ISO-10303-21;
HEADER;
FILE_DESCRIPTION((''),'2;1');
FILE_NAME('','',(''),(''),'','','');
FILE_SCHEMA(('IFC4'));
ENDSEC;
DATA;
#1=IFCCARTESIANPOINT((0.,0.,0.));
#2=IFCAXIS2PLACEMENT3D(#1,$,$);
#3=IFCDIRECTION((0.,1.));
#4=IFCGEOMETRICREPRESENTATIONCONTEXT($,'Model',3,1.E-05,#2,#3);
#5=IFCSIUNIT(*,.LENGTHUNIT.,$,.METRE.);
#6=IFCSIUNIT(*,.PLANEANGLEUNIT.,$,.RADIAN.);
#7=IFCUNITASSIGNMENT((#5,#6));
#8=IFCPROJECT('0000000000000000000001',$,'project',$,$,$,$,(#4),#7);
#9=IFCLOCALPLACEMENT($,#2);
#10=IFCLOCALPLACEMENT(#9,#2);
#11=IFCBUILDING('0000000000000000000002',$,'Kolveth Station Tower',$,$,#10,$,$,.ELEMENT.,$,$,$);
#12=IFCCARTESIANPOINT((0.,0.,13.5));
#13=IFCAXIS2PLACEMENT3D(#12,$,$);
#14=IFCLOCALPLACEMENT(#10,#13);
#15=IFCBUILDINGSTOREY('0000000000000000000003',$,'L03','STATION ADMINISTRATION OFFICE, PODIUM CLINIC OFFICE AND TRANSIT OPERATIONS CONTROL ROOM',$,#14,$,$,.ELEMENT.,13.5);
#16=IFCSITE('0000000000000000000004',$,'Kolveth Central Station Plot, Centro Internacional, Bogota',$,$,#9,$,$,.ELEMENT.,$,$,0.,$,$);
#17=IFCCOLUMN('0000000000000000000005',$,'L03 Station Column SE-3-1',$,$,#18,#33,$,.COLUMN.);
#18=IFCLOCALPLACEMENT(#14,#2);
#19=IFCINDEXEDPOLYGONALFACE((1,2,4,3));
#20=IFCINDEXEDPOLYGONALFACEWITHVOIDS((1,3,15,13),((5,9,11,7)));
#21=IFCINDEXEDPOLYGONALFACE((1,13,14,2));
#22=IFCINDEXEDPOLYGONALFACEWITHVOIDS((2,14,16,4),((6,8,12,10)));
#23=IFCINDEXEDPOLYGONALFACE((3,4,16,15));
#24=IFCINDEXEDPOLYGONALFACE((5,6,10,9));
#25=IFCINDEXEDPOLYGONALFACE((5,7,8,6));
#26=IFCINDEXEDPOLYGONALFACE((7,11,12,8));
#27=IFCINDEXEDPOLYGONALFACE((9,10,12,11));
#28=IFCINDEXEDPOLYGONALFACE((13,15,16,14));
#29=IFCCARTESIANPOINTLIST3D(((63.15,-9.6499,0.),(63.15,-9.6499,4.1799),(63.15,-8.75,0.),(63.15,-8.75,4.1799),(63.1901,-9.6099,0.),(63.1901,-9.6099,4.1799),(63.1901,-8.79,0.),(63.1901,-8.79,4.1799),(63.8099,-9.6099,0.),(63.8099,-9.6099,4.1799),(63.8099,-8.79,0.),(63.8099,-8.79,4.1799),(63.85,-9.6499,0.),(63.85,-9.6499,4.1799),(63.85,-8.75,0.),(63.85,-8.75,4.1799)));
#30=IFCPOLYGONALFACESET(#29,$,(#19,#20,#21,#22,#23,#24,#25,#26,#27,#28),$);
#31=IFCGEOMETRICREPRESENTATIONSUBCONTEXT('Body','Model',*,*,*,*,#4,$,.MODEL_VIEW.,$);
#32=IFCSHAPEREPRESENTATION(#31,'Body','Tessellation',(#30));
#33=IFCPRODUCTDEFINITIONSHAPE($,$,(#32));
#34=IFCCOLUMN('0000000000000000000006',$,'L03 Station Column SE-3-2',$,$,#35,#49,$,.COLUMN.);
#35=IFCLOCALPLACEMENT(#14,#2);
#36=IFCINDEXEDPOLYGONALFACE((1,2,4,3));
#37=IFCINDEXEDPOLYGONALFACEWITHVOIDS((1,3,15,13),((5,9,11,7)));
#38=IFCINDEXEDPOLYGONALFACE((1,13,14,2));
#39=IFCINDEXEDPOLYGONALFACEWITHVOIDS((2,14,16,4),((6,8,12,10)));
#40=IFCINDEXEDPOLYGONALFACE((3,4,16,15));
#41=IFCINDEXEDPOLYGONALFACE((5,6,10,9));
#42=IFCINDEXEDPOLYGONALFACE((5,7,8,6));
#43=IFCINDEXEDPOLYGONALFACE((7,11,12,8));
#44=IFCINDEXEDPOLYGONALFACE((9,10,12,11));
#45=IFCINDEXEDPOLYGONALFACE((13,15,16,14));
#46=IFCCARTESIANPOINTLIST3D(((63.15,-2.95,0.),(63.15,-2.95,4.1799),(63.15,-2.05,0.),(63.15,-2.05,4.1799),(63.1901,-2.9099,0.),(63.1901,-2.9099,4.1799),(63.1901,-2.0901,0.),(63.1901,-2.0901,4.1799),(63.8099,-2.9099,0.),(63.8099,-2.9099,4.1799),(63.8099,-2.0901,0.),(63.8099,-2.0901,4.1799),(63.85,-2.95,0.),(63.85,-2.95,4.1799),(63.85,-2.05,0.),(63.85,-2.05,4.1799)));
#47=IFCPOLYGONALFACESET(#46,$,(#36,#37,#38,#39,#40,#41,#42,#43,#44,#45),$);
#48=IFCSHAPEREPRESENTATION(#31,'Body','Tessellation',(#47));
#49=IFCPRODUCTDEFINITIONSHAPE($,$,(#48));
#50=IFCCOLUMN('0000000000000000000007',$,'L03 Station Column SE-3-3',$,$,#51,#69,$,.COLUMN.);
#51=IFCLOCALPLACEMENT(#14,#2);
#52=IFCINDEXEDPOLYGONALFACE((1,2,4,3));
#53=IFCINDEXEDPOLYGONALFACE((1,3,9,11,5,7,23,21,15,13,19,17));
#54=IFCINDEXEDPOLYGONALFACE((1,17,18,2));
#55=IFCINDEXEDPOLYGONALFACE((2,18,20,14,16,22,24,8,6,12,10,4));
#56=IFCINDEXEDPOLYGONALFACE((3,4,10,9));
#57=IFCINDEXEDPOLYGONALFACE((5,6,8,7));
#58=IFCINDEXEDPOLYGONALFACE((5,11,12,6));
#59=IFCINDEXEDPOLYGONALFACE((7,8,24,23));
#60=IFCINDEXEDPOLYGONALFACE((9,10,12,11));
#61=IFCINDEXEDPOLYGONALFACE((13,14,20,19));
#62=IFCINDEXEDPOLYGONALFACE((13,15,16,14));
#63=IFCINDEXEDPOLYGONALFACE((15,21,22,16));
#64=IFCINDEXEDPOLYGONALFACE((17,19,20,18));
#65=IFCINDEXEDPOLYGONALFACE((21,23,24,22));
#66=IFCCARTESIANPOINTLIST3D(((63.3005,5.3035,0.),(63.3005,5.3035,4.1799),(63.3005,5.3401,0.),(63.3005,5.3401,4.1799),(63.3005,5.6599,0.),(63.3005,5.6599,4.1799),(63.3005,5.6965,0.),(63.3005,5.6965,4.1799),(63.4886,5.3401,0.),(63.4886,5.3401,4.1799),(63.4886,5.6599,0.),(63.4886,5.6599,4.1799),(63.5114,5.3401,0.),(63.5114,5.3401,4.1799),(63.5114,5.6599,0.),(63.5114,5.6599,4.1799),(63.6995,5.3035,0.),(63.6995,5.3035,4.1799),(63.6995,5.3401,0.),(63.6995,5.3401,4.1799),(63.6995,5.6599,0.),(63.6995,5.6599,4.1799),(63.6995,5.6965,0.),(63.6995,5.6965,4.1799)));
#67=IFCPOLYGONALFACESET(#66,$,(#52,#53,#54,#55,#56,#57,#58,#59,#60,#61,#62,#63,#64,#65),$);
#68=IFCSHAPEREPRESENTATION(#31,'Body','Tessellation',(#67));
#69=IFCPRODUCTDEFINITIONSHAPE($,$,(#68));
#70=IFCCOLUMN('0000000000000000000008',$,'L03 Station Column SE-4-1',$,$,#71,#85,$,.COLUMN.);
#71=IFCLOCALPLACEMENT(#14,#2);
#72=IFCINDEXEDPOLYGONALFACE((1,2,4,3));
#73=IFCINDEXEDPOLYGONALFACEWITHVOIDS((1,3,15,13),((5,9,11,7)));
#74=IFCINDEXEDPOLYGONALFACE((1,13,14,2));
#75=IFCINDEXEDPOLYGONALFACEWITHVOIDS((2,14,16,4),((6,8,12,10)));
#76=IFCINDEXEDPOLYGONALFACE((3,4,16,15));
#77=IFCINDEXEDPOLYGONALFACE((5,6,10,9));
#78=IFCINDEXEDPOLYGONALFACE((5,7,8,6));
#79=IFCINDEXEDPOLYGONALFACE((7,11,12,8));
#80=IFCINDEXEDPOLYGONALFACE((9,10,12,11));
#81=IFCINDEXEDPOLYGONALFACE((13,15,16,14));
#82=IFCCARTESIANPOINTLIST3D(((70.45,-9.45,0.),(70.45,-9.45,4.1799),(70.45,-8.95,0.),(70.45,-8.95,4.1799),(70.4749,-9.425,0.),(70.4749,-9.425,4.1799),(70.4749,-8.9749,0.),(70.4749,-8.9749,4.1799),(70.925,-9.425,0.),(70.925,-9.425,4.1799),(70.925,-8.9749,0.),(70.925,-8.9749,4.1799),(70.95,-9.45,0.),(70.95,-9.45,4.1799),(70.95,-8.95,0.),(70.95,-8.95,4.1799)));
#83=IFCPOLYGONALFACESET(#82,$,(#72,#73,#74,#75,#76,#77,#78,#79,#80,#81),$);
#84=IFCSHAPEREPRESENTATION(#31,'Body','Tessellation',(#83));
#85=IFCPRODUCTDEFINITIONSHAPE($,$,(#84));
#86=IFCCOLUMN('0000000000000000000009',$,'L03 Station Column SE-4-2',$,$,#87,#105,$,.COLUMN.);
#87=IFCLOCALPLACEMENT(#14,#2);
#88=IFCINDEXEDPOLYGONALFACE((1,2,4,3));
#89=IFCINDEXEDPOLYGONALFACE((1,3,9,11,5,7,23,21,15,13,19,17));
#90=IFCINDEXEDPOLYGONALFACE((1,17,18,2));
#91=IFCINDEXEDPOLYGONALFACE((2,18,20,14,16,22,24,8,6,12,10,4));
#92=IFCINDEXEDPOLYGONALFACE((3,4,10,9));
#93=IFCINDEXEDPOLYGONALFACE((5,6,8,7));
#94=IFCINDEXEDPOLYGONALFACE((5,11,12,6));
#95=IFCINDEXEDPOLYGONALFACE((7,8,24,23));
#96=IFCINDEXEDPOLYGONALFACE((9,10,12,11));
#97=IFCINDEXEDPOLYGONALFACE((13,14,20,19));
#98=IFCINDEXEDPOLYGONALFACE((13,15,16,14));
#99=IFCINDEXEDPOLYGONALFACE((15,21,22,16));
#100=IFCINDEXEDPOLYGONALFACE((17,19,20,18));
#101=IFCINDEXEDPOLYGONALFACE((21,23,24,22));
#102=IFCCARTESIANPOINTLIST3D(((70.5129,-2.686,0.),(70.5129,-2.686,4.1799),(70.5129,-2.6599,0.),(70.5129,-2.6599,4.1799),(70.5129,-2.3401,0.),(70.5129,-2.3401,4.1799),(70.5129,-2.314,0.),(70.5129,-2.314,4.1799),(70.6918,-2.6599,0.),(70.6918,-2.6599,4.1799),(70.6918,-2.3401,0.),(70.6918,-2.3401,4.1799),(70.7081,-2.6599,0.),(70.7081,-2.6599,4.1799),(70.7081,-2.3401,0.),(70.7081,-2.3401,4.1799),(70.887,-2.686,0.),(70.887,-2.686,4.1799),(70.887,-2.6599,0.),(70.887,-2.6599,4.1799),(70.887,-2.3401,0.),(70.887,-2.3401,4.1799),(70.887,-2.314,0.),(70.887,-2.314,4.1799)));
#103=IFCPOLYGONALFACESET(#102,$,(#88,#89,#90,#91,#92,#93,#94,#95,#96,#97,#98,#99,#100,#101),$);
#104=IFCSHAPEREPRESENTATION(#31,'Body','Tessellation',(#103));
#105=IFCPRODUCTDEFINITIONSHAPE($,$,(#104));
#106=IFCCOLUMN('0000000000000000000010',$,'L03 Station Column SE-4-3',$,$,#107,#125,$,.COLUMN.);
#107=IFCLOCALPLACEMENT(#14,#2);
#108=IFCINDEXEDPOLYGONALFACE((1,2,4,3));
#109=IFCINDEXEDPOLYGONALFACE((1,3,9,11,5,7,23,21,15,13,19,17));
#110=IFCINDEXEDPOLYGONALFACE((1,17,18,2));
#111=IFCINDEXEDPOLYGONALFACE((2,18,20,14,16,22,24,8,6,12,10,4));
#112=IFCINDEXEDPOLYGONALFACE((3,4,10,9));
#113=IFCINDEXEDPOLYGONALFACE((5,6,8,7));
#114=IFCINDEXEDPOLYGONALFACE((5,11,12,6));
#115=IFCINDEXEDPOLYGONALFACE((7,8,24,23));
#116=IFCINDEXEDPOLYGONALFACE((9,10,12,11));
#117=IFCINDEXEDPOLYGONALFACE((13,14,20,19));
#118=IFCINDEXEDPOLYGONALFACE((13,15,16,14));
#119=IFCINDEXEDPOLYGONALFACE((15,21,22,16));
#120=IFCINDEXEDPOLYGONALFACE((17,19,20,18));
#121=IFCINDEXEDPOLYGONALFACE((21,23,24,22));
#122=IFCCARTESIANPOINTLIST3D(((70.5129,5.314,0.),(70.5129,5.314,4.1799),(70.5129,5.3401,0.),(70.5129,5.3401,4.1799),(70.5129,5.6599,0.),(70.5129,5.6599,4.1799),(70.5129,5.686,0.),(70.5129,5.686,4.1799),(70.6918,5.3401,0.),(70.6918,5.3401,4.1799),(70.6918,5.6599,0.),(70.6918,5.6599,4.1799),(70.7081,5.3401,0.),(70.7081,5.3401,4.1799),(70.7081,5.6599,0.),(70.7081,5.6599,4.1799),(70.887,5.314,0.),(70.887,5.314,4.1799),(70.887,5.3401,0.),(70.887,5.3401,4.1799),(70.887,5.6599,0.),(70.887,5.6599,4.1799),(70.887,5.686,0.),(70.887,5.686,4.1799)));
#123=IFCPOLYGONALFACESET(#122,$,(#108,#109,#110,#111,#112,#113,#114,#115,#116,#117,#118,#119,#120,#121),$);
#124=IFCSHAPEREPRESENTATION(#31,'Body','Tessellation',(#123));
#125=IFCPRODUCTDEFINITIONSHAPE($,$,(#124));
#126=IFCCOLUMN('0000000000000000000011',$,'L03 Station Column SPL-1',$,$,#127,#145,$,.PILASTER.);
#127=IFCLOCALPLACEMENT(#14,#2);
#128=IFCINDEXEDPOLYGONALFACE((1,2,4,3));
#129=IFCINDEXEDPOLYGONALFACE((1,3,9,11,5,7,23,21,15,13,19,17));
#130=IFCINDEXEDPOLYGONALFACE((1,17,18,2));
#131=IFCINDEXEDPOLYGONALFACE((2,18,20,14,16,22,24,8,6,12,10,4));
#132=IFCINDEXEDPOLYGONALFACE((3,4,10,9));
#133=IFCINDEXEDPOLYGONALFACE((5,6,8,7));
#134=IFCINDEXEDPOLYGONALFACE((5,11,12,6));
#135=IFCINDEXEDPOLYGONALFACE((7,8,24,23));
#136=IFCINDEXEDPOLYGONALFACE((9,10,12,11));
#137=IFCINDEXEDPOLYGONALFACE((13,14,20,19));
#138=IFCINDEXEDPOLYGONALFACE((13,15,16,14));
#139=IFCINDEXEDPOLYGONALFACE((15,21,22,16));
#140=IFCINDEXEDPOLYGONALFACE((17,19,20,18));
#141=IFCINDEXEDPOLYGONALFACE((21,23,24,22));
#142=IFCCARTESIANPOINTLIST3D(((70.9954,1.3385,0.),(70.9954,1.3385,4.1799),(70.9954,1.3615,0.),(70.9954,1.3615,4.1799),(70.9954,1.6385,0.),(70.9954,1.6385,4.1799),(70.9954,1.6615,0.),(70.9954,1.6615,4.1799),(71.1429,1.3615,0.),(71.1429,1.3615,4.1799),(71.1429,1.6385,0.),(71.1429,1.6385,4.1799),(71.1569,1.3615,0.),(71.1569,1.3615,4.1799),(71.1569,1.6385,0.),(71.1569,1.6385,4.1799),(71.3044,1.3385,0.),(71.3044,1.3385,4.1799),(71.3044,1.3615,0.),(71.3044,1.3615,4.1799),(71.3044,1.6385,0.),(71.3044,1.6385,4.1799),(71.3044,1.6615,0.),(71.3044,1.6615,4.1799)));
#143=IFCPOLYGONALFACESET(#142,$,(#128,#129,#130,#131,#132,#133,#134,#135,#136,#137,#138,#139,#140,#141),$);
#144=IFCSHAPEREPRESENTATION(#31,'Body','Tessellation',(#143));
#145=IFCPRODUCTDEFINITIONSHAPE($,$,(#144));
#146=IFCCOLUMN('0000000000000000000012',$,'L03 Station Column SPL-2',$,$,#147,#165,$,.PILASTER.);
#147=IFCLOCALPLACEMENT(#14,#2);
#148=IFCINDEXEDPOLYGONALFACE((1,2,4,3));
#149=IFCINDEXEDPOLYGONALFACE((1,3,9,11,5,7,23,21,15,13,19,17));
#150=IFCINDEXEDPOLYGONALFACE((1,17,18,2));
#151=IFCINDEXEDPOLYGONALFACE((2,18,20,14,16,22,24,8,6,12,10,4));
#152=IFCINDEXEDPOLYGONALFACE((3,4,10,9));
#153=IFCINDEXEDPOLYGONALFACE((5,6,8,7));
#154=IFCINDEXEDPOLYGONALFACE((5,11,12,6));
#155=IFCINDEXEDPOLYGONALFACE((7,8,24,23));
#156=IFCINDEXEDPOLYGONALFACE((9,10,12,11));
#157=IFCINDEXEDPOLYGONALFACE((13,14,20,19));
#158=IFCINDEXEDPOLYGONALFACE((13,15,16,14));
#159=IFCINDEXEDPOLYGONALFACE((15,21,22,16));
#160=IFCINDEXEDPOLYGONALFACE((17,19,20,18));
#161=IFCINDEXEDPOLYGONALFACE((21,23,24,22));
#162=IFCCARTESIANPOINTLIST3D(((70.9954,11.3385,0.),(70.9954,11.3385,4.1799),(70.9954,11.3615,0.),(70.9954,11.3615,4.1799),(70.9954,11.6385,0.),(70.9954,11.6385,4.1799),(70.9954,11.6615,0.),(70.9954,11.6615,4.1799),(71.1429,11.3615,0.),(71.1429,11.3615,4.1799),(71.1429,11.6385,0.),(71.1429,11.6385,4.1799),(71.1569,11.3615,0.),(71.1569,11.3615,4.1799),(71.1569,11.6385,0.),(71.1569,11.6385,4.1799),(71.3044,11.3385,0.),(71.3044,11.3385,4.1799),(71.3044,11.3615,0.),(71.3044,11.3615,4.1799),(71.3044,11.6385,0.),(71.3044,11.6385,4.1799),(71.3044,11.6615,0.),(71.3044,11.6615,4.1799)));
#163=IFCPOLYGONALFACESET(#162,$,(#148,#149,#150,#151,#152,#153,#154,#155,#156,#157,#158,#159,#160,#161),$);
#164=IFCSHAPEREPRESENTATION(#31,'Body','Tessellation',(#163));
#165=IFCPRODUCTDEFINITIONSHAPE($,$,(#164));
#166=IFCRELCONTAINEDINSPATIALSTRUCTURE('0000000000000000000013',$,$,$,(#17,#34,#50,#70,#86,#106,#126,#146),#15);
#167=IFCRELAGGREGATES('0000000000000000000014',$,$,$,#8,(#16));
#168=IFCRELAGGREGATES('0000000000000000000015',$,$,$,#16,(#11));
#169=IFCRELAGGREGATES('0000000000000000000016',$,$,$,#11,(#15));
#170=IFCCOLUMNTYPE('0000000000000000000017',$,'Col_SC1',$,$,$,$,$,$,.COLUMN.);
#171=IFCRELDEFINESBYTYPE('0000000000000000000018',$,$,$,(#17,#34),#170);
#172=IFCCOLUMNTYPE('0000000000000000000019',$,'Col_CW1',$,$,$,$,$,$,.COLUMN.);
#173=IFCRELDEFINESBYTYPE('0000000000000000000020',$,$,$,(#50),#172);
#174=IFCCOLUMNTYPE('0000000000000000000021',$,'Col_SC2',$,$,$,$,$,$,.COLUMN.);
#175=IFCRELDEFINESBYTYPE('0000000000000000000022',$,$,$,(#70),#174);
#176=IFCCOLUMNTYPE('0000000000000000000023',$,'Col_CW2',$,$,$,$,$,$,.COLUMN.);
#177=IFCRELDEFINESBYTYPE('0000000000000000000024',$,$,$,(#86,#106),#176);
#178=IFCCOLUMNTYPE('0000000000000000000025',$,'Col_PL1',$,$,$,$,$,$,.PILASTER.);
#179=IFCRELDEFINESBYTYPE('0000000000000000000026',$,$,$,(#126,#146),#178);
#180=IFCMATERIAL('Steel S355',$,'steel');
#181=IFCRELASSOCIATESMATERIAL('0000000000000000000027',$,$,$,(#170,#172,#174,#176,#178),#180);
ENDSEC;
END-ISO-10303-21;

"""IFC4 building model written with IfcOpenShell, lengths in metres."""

from ifc_helpers import new_model, si_unit, direction, frame, origin, origin_2d, place, context, subcontext, project, spatial, hollow_rectangle, i_section, extrude, source, transform, mapped, material, material_profile, profile_set, type_object, element, save


model = new_model("IFC4")

# Units and contexts
model_context = context("Model", 3, precision=1e-05, world=origin(), true_north=direction((0.0, 1.0)))
body_context = subcontext(model_context, "Body", "Model", "MODEL_VIEW")
ifc_project = project(units=[si_unit("LENGTHUNIT", "METRE"), si_unit("PLANEANGLEUNIT", "RADIAN")], contexts=[model_context])

# Site, building, storey
site_placement = place(None, origin())
site = spatial("IfcSite", under=ifc_project, at=site_placement, Name="Kolveth Central Station Plot, Centro Internacional, Bogota", CompositionType="ELEMENT", RefElevation=0.0)
building_placement = place(site_placement, origin())
building = spatial("IfcBuilding", under=site, at=building_placement, Name="Kolveth Station Tower", CompositionType="ELEMENT")
storey_placement = place(building_placement, frame((0.0, 0.0, 13.5)))
storey = spatial("IfcBuildingStorey", under=building, at=storey_placement, Name="L03", Description="STATION ADMINISTRATION OFFICE, PODIUM CLINIC OFFICE AND TRANSIT OPERATIONS CONTROL ROOM", CompositionType="ELEMENT", Elevation=13.5)

# Columns
ifc_material_1 = material(Name="Steel S355", Category="steel")
ifc_material_profile_1 = material_profile(ifc_material_1, hollow_rectangle(XDim=0.7, YDim=0.8999, WallThickness=0.04, at=origin_2d()), Name="BOX900x700x40")
ifc_profile_set_1 = profile_set([ifc_material_profile_1], Name="Steel S355")
column_type_1 = type_object("IfcColumnType", Name="Col_SC1", PredefinedType="COLUMN", material=ifc_profile_set_1)
shared_shape_1 = source(origin(), body_context, "Body", "SweptSolid", [
    extrude(hollow_rectangle(XDim=0.7, YDim=0.8999, WallThickness=0.04, at=origin_2d()), origin(), (0.0, 0.0, 1.0), 4.1799),
])
for number, where, z_axis, x_axis, name in (
    (1, (63.5, -9.2, 0.0), (0.0, 0.0, 1.0), (1.0, 0.0, 0.0), "L03 Station Column SE-3-1"),
    (2, (63.5, -2.5, 0.0), (0.0, 0.0, 1.0), (1.0, 0.0, 0.0), "L03 Station Column SE-3-2"),
):
    element("IfcColumn", number, at=place(storey_placement, frame(where, z_axis=z_axis, x_axis=x_axis)), inside=storey, type_object=column_type_1, Name=name, PredefinedType="COLUMN", context=body_context, shape_type="MappedRepresentation", body=[
        mapped(shared_shape_1, transform((0.0, 0.0, 0.0), x_axis=(1.0, 0.0, 0.0), y_axis=(0.0, 1.0, 0.0), z_axis=(0.0, 0.0, 1.0), scale=1.0)),
    ])
ifc_material_profile_2 = material_profile(ifc_material_1, i_section(OverallWidth=0.3989, OverallDepth=0.3931, WebThickness=0.0227, FlangeThickness=0.0366, at=origin_2d()), Name="W360x287")
ifc_profile_set_2 = profile_set([ifc_material_profile_2], Name="Steel S355")
column_type_2 = type_object("IfcColumnType", Name="Col_CW1", PredefinedType="COLUMN", material=ifc_profile_set_2)
shared_shape_2 = source(origin(), body_context, "Body", "SweptSolid", [
    extrude(i_section(OverallWidth=0.3989, OverallDepth=0.3931, WebThickness=0.0227, FlangeThickness=0.0366, at=origin_2d()), origin(), (0.0, 0.0, 1.0), 4.1799),
])
column_1_placement = place(storey_placement, frame((63.5, 5.5, 0.0), z_axis=(0.0, 0.0, 1.0), x_axis=(1.0, 0.0, 0.0)))
element("IfcColumn", 3, at=column_1_placement, inside=storey, type_object=column_type_2, Name="L03 Station Column SE-3-3", PredefinedType="COLUMN", context=body_context, shape_type="MappedRepresentation", body=[
    mapped(shared_shape_2, transform((0.0, 0.0, 0.0), x_axis=(1.0, 0.0, 0.0), y_axis=(0.0, 1.0, 0.0), z_axis=(0.0, 0.0, 1.0), scale=1.0)),
])
ifc_material_profile_3 = material_profile(ifc_material_1, hollow_rectangle(XDim=0.5, YDim=0.5, WallThickness=0.0249, at=origin_2d()), Name="HSS500x500x25")
ifc_profile_set_3 = profile_set([ifc_material_profile_3], Name="Steel S355")
column_type_3 = type_object("IfcColumnType", Name="Col_SC2", PredefinedType="COLUMN", material=ifc_profile_set_3)
shared_shape_3 = source(origin(), body_context, "Body", "SweptSolid", [
    extrude(hollow_rectangle(XDim=0.5, YDim=0.5, WallThickness=0.0249, at=origin_2d()), origin(), (0.0, 0.0, 1.0), 4.1799),
])
column_2_placement = place(storey_placement, frame((70.7, -9.2, 0.0), z_axis=(0.0, 0.0, 1.0), x_axis=(1.0, 0.0, 0.0)))
element("IfcColumn", 4, at=column_2_placement, inside=storey, type_object=column_type_3, Name="L03 Station Column SE-4-1", PredefinedType="COLUMN", context=body_context, shape_type="MappedRepresentation", body=[
    mapped(shared_shape_3, transform((0.0, 0.0, 0.0), x_axis=(1.0, 0.0, 0.0), y_axis=(0.0, 1.0, 0.0), z_axis=(0.0, 0.0, 1.0), scale=1.0)),
])
ifc_material_profile_4 = material_profile(ifc_material_1, i_section(OverallWidth=0.374, OverallDepth=0.3721, WebThickness=0.0164, FlangeThickness=0.0261, at=origin_2d()), Name="W360x196")
ifc_profile_set_4 = profile_set([ifc_material_profile_4], Name="Steel S355")
column_type_4 = type_object("IfcColumnType", Name="Col_CW2", PredefinedType="COLUMN", material=ifc_profile_set_4)
shared_shape_4 = source(origin(), body_context, "Body", "SweptSolid", [
    extrude(i_section(OverallWidth=0.374, OverallDepth=0.3721, WebThickness=0.0164, FlangeThickness=0.0261, at=origin_2d()), origin(), (0.0, 0.0, 1.0), 4.1799),
])
for number, where, z_axis, x_axis, name in (
    (5, (70.7, -2.5, 0.0), (0.0, 0.0, 1.0), (1.0, 0.0, 0.0), "L03 Station Column SE-4-2"),
    (6, (70.7, 5.5, 0.0), (0.0, 0.0, 1.0), (1.0, 0.0, 0.0), "L03 Station Column SE-4-3"),
):
    element("IfcColumn", number, at=place(storey_placement, frame(where, z_axis=z_axis, x_axis=x_axis)), inside=storey, type_object=column_type_4, Name=name, PredefinedType="COLUMN", context=body_context, shape_type="MappedRepresentation", body=[
        mapped(shared_shape_4, transform((0.0, 0.0, 0.0), x_axis=(1.0, 0.0, 0.0), y_axis=(0.0, 1.0, 0.0), z_axis=(0.0, 0.0, 1.0), scale=1.0)),
    ])
ifc_material_profile_5 = material_profile(ifc_material_1, i_section(OverallWidth=0.3091, OverallDepth=0.323, WebThickness=0.0139, FlangeThickness=0.0229, at=origin_2d()), Name="W310x143")
ifc_profile_set_5 = profile_set([ifc_material_profile_5], Name="Steel S355")
column_type_5 = type_object("IfcColumnType", Name="Col_PL1", PredefinedType="PILASTER", material=ifc_profile_set_5)
shared_shape_5 = source(origin(), body_context, "Body", "SweptSolid", [
    extrude(i_section(OverallWidth=0.3091, OverallDepth=0.323, WebThickness=0.0139, FlangeThickness=0.0229, at=origin_2d()), origin(), (0.0, 0.0, 1.0), 4.1799),
])
for number, where, z_axis, x_axis, name in (
    (7, (71.1499, 1.5, 0.0), (0.0, 0.0, 1.0), (1.0, 0.0, 0.0), "L03 Station Column SPL-1"),
    (8, (71.1499, 11.5, 0.0), (0.0, 0.0, 1.0), (1.0, 0.0, 0.0), "L03 Station Column SPL-2"),
):
    element("IfcColumn", number, at=place(storey_placement, frame(where, z_axis=z_axis, x_axis=x_axis)), inside=storey, type_object=column_type_5, Name=name, PredefinedType="PILASTER", context=body_context, shape_type="MappedRepresentation", body=[
        mapped(shared_shape_5, transform((0.0, 0.0, 0.0), x_axis=(1.0, 0.0, 0.0), y_axis=(0.0, 1.0, 0.0), z_axis=(0.0, 0.0, 1.0), scale=1.0)),
    ])

save(model, "model.ifc")
